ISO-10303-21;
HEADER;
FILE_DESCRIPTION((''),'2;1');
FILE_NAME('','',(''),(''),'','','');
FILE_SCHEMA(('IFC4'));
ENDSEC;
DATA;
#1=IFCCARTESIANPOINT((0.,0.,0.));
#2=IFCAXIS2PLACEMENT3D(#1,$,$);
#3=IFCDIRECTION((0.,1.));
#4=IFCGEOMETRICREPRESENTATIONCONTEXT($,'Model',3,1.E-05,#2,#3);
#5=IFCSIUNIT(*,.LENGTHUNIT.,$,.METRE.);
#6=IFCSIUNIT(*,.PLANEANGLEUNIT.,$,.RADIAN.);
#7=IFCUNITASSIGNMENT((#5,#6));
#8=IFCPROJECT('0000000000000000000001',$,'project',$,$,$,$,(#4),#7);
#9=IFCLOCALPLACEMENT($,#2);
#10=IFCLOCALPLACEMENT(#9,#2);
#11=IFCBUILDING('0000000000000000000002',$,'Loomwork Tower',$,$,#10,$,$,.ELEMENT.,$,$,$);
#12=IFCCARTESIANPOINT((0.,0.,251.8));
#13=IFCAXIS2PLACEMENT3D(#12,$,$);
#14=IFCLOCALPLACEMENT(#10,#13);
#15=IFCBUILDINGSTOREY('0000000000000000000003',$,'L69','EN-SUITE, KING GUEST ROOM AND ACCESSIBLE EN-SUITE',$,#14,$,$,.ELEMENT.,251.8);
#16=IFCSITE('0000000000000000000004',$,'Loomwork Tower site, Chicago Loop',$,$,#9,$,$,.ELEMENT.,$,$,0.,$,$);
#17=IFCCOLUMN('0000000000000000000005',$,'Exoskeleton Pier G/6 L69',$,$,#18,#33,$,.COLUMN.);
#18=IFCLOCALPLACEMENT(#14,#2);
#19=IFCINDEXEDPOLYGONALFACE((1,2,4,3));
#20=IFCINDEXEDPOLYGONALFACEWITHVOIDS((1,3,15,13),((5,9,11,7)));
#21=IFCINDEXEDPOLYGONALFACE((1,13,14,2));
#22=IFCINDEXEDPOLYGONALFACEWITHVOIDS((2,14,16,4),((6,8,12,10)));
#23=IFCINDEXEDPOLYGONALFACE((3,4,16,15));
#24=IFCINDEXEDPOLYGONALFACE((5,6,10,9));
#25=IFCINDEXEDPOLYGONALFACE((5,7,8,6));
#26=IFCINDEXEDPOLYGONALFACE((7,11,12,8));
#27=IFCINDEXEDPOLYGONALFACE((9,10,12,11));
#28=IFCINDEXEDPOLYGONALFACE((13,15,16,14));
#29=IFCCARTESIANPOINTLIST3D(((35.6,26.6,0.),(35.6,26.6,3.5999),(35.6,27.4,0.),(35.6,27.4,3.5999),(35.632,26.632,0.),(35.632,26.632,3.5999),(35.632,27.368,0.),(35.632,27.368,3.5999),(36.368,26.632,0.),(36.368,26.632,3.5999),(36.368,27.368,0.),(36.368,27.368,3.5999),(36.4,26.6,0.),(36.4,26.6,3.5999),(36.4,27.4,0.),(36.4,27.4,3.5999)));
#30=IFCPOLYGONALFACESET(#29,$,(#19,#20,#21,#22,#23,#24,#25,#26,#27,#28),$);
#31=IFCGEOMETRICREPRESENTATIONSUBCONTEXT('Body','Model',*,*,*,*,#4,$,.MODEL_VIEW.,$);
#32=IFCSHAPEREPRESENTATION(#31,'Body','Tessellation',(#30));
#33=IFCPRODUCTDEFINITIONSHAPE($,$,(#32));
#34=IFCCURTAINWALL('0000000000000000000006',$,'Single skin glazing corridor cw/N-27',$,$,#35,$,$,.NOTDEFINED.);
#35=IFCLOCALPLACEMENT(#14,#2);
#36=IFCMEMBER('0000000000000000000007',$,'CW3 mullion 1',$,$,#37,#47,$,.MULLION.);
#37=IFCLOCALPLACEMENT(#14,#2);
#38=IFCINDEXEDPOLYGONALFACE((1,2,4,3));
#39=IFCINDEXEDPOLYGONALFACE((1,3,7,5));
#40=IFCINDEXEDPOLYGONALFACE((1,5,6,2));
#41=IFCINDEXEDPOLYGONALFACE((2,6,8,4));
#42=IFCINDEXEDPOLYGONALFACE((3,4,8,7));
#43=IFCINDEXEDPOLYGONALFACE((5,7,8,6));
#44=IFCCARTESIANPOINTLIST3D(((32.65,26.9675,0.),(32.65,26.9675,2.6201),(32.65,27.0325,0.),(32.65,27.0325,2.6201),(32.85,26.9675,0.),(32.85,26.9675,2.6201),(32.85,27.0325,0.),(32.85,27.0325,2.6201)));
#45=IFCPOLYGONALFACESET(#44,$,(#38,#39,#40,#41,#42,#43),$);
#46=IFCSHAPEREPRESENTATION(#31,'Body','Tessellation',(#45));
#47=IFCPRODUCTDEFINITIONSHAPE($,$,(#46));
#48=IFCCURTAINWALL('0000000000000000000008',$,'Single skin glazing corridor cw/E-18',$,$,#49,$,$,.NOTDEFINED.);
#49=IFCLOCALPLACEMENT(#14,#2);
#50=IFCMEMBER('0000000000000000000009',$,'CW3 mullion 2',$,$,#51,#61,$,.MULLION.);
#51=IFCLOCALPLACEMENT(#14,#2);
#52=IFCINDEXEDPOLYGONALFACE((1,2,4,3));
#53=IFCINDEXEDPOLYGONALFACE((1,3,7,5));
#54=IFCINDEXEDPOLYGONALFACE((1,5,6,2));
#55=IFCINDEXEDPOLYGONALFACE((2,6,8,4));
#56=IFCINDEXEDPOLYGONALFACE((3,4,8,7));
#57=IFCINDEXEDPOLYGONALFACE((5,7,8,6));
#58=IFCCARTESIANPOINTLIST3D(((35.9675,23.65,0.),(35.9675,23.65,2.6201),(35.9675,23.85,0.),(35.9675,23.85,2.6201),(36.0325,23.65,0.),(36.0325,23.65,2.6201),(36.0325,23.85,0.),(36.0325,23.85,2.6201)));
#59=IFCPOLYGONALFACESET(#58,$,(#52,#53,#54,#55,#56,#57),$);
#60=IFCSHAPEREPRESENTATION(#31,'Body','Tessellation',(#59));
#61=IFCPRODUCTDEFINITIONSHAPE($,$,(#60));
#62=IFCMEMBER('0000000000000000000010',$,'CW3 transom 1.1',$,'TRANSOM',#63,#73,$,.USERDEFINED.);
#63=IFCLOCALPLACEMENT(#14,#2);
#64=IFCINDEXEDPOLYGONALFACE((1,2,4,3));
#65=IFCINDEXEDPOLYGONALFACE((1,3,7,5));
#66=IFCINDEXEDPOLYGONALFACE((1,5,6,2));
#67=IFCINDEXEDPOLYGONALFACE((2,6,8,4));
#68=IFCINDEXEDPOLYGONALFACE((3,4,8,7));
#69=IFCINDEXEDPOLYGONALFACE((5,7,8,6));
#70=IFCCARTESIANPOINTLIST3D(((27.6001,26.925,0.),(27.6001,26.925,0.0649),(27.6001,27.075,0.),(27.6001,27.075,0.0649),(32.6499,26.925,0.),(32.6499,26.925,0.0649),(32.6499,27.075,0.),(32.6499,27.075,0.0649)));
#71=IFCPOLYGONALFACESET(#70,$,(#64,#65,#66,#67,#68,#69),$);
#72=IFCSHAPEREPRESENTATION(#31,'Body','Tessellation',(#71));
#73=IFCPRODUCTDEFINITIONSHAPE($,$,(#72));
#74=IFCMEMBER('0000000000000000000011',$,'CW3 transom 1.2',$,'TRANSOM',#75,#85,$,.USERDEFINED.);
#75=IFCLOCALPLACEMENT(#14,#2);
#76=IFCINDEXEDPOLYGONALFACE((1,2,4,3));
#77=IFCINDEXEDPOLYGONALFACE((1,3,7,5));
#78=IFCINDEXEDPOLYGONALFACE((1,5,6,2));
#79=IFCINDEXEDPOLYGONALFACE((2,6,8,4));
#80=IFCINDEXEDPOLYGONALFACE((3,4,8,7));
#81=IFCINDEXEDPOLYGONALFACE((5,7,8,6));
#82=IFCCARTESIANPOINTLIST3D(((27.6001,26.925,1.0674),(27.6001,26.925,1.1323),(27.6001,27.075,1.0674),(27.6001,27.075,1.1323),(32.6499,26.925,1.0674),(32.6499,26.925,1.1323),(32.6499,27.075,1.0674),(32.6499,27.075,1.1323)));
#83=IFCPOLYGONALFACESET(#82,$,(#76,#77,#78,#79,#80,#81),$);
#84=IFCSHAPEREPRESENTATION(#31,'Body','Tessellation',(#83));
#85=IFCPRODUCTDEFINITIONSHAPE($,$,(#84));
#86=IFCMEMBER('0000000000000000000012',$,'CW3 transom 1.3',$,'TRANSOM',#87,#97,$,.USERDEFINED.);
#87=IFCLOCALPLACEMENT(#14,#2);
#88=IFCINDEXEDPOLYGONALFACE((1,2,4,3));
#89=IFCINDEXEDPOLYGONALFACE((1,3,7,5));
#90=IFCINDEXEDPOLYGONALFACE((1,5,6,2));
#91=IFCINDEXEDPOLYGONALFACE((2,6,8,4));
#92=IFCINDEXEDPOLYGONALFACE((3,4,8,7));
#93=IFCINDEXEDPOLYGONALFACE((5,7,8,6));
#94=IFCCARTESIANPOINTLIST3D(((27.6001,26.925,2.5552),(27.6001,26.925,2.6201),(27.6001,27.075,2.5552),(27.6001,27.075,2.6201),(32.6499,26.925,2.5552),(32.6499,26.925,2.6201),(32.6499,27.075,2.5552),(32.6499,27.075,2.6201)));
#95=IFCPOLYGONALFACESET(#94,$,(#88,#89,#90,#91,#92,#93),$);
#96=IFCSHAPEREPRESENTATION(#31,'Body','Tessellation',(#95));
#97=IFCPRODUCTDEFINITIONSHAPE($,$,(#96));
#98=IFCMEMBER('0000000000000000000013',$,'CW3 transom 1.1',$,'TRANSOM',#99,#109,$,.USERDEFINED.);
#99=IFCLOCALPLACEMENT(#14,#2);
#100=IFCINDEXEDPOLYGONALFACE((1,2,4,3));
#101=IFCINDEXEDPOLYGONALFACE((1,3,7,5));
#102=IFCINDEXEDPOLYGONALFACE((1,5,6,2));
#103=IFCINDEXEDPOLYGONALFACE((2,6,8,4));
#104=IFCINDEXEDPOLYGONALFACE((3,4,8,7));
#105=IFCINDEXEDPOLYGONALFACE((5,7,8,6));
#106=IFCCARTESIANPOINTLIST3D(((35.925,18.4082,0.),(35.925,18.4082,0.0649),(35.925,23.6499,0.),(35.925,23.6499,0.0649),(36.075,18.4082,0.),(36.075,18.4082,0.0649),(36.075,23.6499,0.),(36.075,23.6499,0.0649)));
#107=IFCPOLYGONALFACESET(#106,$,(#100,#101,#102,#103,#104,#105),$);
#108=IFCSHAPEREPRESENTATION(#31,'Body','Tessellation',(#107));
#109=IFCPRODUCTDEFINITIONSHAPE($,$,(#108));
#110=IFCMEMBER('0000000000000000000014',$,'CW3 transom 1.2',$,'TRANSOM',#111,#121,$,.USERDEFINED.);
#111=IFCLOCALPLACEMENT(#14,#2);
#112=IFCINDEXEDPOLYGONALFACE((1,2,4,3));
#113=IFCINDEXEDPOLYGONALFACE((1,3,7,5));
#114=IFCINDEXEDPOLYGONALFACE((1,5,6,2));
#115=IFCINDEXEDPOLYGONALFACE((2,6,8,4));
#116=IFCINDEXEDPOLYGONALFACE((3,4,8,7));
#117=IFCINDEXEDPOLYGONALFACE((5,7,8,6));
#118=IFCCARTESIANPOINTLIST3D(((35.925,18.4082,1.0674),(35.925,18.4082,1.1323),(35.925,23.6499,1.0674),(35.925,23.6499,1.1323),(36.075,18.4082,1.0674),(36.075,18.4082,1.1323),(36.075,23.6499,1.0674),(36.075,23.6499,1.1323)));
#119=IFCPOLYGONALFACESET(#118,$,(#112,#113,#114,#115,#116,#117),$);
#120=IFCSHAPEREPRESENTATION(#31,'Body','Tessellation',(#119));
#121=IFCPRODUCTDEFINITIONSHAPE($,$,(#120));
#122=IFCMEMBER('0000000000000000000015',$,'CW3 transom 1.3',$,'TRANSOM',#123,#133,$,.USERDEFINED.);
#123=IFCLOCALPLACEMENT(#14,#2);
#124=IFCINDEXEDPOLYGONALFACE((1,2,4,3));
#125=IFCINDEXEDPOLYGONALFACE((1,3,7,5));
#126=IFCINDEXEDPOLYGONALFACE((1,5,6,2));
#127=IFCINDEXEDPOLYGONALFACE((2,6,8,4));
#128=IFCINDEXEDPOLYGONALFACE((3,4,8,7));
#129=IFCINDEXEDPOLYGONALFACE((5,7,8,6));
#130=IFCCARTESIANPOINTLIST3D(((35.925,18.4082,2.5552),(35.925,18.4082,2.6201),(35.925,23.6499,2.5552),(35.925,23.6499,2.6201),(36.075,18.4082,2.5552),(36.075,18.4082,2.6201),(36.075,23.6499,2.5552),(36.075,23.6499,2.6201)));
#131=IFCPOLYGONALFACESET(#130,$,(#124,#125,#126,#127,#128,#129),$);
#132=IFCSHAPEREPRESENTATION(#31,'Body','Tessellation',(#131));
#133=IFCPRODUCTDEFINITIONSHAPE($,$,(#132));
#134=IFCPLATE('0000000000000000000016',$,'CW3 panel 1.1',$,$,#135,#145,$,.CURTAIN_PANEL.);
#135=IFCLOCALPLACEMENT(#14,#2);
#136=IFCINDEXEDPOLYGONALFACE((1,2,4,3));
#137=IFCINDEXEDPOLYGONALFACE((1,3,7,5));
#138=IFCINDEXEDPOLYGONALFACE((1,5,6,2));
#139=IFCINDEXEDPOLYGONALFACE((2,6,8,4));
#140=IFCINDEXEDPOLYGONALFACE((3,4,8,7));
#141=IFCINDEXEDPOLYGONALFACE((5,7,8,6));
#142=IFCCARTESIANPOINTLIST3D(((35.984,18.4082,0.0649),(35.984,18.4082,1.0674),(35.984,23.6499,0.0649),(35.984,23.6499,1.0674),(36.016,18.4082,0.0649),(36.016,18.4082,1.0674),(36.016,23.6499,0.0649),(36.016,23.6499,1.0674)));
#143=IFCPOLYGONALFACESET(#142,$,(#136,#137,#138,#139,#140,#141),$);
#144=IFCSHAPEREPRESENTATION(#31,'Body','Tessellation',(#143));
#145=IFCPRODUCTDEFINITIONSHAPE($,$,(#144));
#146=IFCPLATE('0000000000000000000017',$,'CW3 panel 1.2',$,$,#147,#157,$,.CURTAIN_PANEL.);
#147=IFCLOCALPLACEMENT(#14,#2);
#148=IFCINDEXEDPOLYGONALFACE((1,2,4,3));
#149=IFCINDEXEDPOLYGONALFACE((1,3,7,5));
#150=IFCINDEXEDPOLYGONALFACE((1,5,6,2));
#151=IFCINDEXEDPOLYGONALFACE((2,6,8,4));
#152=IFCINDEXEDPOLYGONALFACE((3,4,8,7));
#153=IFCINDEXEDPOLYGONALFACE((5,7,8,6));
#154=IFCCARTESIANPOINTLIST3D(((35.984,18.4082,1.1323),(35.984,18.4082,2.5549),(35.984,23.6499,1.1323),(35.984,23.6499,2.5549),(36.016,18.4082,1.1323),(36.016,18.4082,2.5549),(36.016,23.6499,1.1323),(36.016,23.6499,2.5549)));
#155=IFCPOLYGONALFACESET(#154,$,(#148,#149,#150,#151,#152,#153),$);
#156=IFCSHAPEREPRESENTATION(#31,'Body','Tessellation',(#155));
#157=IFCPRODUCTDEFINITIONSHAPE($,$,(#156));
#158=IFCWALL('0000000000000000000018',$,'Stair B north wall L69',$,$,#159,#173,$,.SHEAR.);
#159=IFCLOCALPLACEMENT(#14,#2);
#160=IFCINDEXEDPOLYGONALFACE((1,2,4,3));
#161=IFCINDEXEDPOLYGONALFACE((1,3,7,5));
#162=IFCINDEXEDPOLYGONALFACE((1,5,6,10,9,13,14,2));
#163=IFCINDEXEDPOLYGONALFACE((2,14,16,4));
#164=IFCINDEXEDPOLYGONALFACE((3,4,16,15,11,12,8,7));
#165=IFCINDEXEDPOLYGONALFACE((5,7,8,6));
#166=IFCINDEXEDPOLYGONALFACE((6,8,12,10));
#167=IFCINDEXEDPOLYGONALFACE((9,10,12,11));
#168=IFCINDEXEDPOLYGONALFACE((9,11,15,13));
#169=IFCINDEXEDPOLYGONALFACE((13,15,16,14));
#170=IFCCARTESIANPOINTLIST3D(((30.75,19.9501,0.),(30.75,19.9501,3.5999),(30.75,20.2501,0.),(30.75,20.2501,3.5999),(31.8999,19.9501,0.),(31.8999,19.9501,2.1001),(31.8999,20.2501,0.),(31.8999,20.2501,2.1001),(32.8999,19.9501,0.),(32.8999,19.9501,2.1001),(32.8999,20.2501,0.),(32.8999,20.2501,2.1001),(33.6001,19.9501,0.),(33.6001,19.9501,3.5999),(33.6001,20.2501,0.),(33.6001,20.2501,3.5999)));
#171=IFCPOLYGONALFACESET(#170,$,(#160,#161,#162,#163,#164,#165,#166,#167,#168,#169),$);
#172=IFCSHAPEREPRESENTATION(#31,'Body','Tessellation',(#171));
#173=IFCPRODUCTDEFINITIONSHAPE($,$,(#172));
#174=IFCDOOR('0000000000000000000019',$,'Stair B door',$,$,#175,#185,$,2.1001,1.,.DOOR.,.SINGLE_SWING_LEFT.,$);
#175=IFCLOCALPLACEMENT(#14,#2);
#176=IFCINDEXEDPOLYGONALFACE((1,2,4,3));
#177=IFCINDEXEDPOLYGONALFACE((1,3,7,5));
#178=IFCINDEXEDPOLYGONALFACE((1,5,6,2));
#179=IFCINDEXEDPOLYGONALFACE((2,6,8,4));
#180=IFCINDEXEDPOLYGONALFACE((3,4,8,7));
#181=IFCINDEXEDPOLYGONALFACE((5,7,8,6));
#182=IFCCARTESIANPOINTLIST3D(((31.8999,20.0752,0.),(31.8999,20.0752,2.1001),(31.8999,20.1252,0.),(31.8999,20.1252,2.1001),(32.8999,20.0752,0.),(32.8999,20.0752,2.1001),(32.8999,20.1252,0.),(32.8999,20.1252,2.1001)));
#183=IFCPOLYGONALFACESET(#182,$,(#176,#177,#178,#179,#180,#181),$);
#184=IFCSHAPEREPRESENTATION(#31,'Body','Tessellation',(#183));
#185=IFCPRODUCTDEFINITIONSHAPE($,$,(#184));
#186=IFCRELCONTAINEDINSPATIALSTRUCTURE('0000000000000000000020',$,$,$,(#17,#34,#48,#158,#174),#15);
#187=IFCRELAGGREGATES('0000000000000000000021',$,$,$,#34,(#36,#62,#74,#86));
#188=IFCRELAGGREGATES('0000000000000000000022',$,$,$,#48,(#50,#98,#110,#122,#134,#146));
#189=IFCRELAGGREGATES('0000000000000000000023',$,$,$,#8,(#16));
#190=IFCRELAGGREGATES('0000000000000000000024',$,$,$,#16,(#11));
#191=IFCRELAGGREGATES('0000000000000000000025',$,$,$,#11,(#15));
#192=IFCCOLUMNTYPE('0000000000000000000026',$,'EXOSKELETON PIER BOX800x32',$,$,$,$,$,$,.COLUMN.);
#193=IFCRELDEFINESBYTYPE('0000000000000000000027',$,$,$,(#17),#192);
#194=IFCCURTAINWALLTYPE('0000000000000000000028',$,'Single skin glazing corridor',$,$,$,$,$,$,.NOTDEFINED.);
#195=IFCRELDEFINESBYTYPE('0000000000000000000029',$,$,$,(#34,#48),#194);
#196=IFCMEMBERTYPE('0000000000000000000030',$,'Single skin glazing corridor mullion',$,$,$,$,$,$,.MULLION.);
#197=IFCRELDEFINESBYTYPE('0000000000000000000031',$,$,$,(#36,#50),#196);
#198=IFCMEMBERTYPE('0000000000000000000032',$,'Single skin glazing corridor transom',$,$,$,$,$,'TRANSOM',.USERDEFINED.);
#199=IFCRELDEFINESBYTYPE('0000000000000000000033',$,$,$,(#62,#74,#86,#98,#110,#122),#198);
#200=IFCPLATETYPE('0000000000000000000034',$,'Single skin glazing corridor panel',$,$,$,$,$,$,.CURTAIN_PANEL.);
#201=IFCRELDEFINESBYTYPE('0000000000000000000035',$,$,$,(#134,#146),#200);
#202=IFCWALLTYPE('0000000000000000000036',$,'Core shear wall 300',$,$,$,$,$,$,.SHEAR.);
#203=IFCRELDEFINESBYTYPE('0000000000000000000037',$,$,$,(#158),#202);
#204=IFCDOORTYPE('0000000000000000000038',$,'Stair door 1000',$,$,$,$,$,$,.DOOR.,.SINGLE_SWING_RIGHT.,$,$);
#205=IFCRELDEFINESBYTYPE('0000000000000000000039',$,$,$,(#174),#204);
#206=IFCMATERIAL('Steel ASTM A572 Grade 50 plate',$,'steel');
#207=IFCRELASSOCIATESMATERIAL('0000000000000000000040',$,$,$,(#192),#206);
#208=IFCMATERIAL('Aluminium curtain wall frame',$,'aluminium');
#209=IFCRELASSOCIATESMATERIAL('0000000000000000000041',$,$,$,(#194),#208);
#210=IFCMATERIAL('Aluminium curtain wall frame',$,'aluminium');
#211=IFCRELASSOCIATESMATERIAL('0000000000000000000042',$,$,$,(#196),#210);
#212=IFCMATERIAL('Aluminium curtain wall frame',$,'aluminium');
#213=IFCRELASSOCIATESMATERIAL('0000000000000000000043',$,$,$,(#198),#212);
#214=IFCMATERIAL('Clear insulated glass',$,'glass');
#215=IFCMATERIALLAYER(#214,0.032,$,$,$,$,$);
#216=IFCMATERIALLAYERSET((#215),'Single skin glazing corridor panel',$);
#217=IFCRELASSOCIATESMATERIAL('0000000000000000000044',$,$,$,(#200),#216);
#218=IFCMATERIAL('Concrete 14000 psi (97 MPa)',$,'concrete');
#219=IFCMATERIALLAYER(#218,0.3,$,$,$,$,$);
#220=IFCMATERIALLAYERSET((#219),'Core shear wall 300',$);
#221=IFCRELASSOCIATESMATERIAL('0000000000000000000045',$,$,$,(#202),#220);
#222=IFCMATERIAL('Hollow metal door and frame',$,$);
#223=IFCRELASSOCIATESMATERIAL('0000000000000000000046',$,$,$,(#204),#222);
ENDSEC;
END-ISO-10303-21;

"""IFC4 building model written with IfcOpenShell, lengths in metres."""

from ifc_helpers import new_model, si_unit, direction, frame, frame_2d, origin, origin_2d, place, context, subcontext, project, spatial, rectangle, hollow_rectangle, extrude, material, layer, layer_set, material_profile, profile_set, type_object, element, fill, aggregate, save


model = new_model("IFC4")

# Units and contexts
model_context = context("Model", 3, precision=1e-05, world=origin(), true_north=direction((0.0, 1.0)))
body_context = subcontext(model_context, "Body", "Model", "MODEL_VIEW")
ifc_project = project(units=[si_unit("LENGTHUNIT", "METRE"), si_unit("PLANEANGLEUNIT", "RADIAN")], contexts=[model_context])

# Site, building, storey
site_placement = place(None, origin())
site = spatial("IfcSite", under=ifc_project, at=site_placement, Name="Loomwork Tower site, Chicago Loop", CompositionType="ELEMENT", RefElevation=0.0)
building_placement = place(site_placement, origin())
building = spatial("IfcBuilding", under=site, at=building_placement, Name="Loomwork Tower", CompositionType="ELEMENT")
storey_placement = place(building_placement, frame((0.0, 0.0, 251.8)))
storey = spatial("IfcBuildingStorey", under=building, at=storey_placement, Name="L69", Description="EN-SUITE, KING GUEST ROOM AND ACCESSIBLE EN-SUITE", CompositionType="ELEMENT", Elevation=251.8)

# Column
ifc_material_1 = material(Name="Steel ASTM A572 Grade 50 plate", Category="steel")
ifc_material_profile_1 = material_profile(ifc_material_1, hollow_rectangle(XDim=0.8, YDim=0.8, WallThickness=0.032, at=origin_2d()), Name="BOX800x32")
ifc_profile_set_1 = profile_set([ifc_material_profile_1], Name="Steel ASTM A572 Grade 50 plate")
column_type = type_object("IfcColumnType", Name="EXOSKELETON PIER BOX800x32", PredefinedType="COLUMN", material=ifc_profile_set_1)
column_placement = place(storey_placement, frame((36.0, 27.0, 0.0), z_axis=(0.0, 0.0, 1.0), x_axis=(1.0, 0.0, 0.0)))
element("IfcColumn", 1, at=column_placement, inside=storey, type_object=column_type, Name="Exoskeleton Pier G/6 L69", PredefinedType="COLUMN", context=body_context, shape_type="SweptSolid", body=[
    extrude(hollow_rectangle(XDim=0.8, YDim=0.8, WallThickness=0.032, at=origin_2d()), origin(), (0.0, 0.0, 1.0), 3.5999),
])

# Curtain walls, members
ifc_material_2 = material(Name="Aluminium curtain wall frame", Category="aluminium")
curtain_wall_type = type_object("IfcCurtainWallType", Name="Single skin glazing corridor", PredefinedType="NOTDEFINED", material=ifc_material_2)
curtain_wall_1_placement = place(storey_placement, origin())
curtain_wall_1 = element("IfcCurtainWall", 2, at=curtain_wall_1_placement, inside=storey, type_object=curtain_wall_type, Name="Single skin glazing corridor cw/N-27", PredefinedType="NOTDEFINED")
ifc_material_3 = material(Name="Aluminium curtain wall frame", Category="aluminium")
ifc_material_profile_2 = material_profile(ifc_material_3, rectangle(XDim=0.0649, YDim=0.2, at=origin_2d()), Name="AL 65x200")
ifc_profile_set_2 = profile_set([ifc_material_profile_2], Name="Aluminium curtain wall frame")
member_type_1 = type_object("IfcMemberType", Name="Single skin glazing corridor mullion", PredefinedType="MULLION", material=ifc_profile_set_2)
member_1_placement = place(storey_placement, frame((32.75, 27.0, 0.0), z_axis=(0.0, 0.0, 1.0), x_axis=(0.0, -1.0, 0.0)))
member_1 = element("IfcMember", 3, at=member_1_placement, type_object=member_type_1, Name="CW3 mullion 1", PredefinedType="MULLION", context=body_context, shape_type="SweptSolid", body=[
    extrude(rectangle(XDim=0.0649, YDim=0.2, at=origin_2d()), origin(), (0.0, 0.0, 1.0), 2.6201),
])
curtain_wall_2_placement = place(storey_placement, origin())
curtain_wall_2 = element("IfcCurtainWall", 4, at=curtain_wall_2_placement, inside=storey, type_object=curtain_wall_type, Name="Single skin glazing corridor cw/E-18", PredefinedType="NOTDEFINED")
member_2_placement = place(storey_placement, frame((36.0, 23.75, 0.0), z_axis=(0.0, 0.0, 1.0), x_axis=(-1.0, 0.0, 0.0)))
member_2 = element("IfcMember", 5, at=member_2_placement, type_object=member_type_1, Name="CW3 mullion 2", PredefinedType="MULLION", context=body_context, shape_type="SweptSolid", body=[
    extrude(rectangle(XDim=0.0649, YDim=0.2, at=origin_2d()), origin(), (0.0, 0.0, 1.0), 2.6201),
])

# Members
ifc_material_4 = material(Name="Aluminium curtain wall frame", Category="aluminium")
ifc_material_profile_3 = material_profile(ifc_material_4, rectangle(XDim=0.1499, YDim=0.0649, at=origin_2d()), Name="AL 65x150")
ifc_profile_set_3 = profile_set([ifc_material_profile_3], Name="Aluminium curtain wall frame")
member_type_2 = type_object("IfcMemberType", Name="Single skin glazing corridor transom", ElementType="TRANSOM", PredefinedType="USERDEFINED", material=ifc_profile_set_3)
member_3_placement = place(storey_placement, frame((32.6499, 27.0, 0.0325), z_axis=(-1.0, 0.0, 0.0), x_axis=(0.0, -1.0, 0.0)))
member_3 = element("IfcMember", 6, at=member_3_placement, type_object=member_type_2, Name="CW3 transom 1.1", ObjectType="TRANSOM", PredefinedType="USERDEFINED", context=body_context, shape_type="SweptSolid", body=[
    extrude(rectangle(XDim=0.1499, YDim=0.0649, at=origin_2d()), origin(), (0.0, 0.0, 1.0), 5.0498),
])
member_4_placement = place(storey_placement, frame((32.6499, 27.0, 1.0999), z_axis=(-1.0, 0.0, 0.0), x_axis=(0.0, -1.0, 0.0)))
member_4 = element("IfcMember", 7, at=member_4_placement, type_object=member_type_2, Name="CW3 transom 1.2", ObjectType="TRANSOM", PredefinedType="USERDEFINED", context=body_context, shape_type="SweptSolid", body=[
    extrude(rectangle(XDim=0.1499, YDim=0.0649, at=origin_2d()), origin(), (0.0, 0.0, 1.0), 5.0498),
])
member_5_placement = place(storey_placement, frame((32.6499, 27.0, 2.5876), z_axis=(-1.0, 0.0, 0.0), x_axis=(0.0, -1.0, 0.0)))
member_5 = element("IfcMember", 8, at=member_5_placement, type_object=member_type_2, Name="CW3 transom 1.3", ObjectType="TRANSOM", PredefinedType="USERDEFINED", context=body_context, shape_type="SweptSolid", body=[
    extrude(rectangle(XDim=0.1499, YDim=0.0649, at=origin_2d()), origin(), (0.0, 0.0, 1.0), 5.0498),
])
aggregate(curtain_wall_1, [member_1, member_3, member_4, member_5])
member_6_placement = place(storey_placement, frame((36.0, 18.4082, 0.0325), z_axis=(0.0, 1.0, 0.0), x_axis=(-1.0, 0.0, 0.0)))
member_6 = element("IfcMember", 9, at=member_6_placement, type_object=member_type_2, Name="CW3 transom 1.1", ObjectType="TRANSOM", PredefinedType="USERDEFINED", context=body_context, shape_type="SweptSolid", body=[
    extrude(rectangle(XDim=0.1499, YDim=0.0649, at=origin_2d()), origin(), (0.0, 0.0, 1.0), 5.2417),
])
member_7_placement = place(storey_placement, frame((36.0, 18.4082, 1.0999), z_axis=(0.0, 1.0, 0.0), x_axis=(-1.0, 0.0, 0.0)))
member_7 = element("IfcMember", 10, at=member_7_placement, type_object=member_type_2, Name="CW3 transom 1.2", ObjectType="TRANSOM", PredefinedType="USERDEFINED", context=body_context, shape_type="SweptSolid", body=[
    extrude(rectangle(XDim=0.1499, YDim=0.0649, at=origin_2d()), origin(), (0.0, 0.0, 1.0), 5.2417),
])
member_8_placement = place(storey_placement, frame((36.0, 18.4082, 2.5876), z_axis=(0.0, 1.0, 0.0), x_axis=(-1.0, 0.0, 0.0)))
member_8 = element("IfcMember", 11, at=member_8_placement, type_object=member_type_2, Name="CW3 transom 1.3", ObjectType="TRANSOM", PredefinedType="USERDEFINED", context=body_context, shape_type="SweptSolid", body=[
    extrude(rectangle(XDim=0.1499, YDim=0.0649, at=origin_2d()), origin(), (0.0, 0.0, 1.0), 5.2417),
])

# Plates
ifc_material_5 = material(Name="Clear insulated glass", Category="glass")
ifc_layer_1 = layer(ifc_material_5, 0.032)
ifc_layer_set_1 = layer_set([ifc_layer_1], Name="Single skin glazing corridor panel")
plate_type = type_object("IfcPlateType", Name="Single skin glazing corridor panel", PredefinedType="CURTAIN_PANEL", material=ifc_layer_set_1)
plate_1_placement = place(storey_placement, frame((36.0, 21.0291, 0.0649), z_axis=(0.0, 0.0, 1.0), x_axis=(0.0, 1.0, 0.0)))
plate_1 = element("IfcPlate", 12, at=plate_1_placement, type_object=plate_type, Name="CW3 panel 1.1", PredefinedType="CURTAIN_PANEL", context=body_context, shape_type="SweptSolid", body=[
    extrude(rectangle(XDim=5.2417, YDim=0.032, at=origin_2d()), origin(), (0.0, 0.0, 1.0), 1.0024),
])
plate_2_placement = place(storey_placement, frame((36.0, 21.0291, 1.1323), z_axis=(0.0, 0.0, 1.0), x_axis=(0.0, 1.0, 0.0)))
plate_2 = element("IfcPlate", 13, at=plate_2_placement, type_object=plate_type, Name="CW3 panel 1.2", PredefinedType="CURTAIN_PANEL", context=body_context, shape_type="SweptSolid", body=[
    extrude(rectangle(XDim=5.2417, YDim=0.032, at=origin_2d()), origin(), (0.0, 0.0, 1.0), 1.4226),
])
aggregate(curtain_wall_2, [member_2, member_6, member_7, member_8, plate_1, plate_2])

# Wall, opening, door
ifc_material_6 = material(Name="Concrete 14000 psi (97 MPa)", Category="concrete")
ifc_layer_2 = layer(ifc_material_6, 0.3)
ifc_layer_set_2 = layer_set([ifc_layer_2], Name="Core shear wall 300")
wall_type_1 = type_object("IfcWallType", Name="Core shear wall 300", PredefinedType="SHEAR", material=ifc_layer_set_2)
wall_1_placement = place(storey_placement, frame((30.75, 20.1001, 0.0), z_axis=(0.0, 0.0, 1.0), x_axis=(1.0, 0.0, 0.0)))
wall_1 = element("IfcWall", 14, at=wall_1_placement, inside=storey, type_object=wall_type_1, Name="Stair B north wall L69", PredefinedType="SHEAR", context=body_context, shape_type="SweptSolid", body=[
    extrude(rectangle(XDim=2.8501, YDim=0.3, at=frame_2d((1.425, 0.0))), origin(), (0.0, 0.0, 1.0), 3.5999),
])
opening_1_placement = place(wall_1_placement, frame((1.1499, 0.0, 0.0)))
opening_1 = element("IfcOpeningElement", 15, at=opening_1_placement, cuts=wall_1, PredefinedType="OPENING", context=body_context, shape_type="SweptSolid", body=[
    extrude(rectangle(XDim=1.0, YDim=2.1001, at=frame_2d((0.5, 1.05))), frame((0.0, 0.1599, 0.0), z_axis=(0.0, -1.0, 0.0), x_axis=(1.0, 0.0, 0.0)), (0.0, 0.0, 1.0), 0.3201),
])
ifc_material_7 = material(Name="Hollow metal door and frame")
door_type = type_object("IfcDoorType", Name="Stair door 1000", OperationType="SINGLE_SWING_RIGHT", PredefinedType="DOOR", material=ifc_material_7)
door_placement = place(opening_1_placement, frame((1.0, 0.0, 0.0), z_axis=(0.0, 0.0, 1.0), x_axis=(-1.0, 0.0, 0.0)))
door = element("IfcDoor", 16, at=door_placement, inside=storey, type_object=door_type, Name="Stair B door", OperationType="SINGLE_SWING_LEFT", OverallHeight=2.1001, OverallWidth=1.0, PredefinedType="DOOR", context=body_context, shape_type="SweptSolid", body=[
    extrude(rectangle(XDim=1.0, YDim=2.1001, at=frame_2d((0.5, 1.05))), frame((0.0, 0.0249, 0.0), z_axis=(0.0, -1.0, 0.0), x_axis=(1.0, 0.0, 0.0)), (0.0, 0.0, 1.0), 0.05),
])
fill(opening_1, door)

save(model, "model.ifc")
